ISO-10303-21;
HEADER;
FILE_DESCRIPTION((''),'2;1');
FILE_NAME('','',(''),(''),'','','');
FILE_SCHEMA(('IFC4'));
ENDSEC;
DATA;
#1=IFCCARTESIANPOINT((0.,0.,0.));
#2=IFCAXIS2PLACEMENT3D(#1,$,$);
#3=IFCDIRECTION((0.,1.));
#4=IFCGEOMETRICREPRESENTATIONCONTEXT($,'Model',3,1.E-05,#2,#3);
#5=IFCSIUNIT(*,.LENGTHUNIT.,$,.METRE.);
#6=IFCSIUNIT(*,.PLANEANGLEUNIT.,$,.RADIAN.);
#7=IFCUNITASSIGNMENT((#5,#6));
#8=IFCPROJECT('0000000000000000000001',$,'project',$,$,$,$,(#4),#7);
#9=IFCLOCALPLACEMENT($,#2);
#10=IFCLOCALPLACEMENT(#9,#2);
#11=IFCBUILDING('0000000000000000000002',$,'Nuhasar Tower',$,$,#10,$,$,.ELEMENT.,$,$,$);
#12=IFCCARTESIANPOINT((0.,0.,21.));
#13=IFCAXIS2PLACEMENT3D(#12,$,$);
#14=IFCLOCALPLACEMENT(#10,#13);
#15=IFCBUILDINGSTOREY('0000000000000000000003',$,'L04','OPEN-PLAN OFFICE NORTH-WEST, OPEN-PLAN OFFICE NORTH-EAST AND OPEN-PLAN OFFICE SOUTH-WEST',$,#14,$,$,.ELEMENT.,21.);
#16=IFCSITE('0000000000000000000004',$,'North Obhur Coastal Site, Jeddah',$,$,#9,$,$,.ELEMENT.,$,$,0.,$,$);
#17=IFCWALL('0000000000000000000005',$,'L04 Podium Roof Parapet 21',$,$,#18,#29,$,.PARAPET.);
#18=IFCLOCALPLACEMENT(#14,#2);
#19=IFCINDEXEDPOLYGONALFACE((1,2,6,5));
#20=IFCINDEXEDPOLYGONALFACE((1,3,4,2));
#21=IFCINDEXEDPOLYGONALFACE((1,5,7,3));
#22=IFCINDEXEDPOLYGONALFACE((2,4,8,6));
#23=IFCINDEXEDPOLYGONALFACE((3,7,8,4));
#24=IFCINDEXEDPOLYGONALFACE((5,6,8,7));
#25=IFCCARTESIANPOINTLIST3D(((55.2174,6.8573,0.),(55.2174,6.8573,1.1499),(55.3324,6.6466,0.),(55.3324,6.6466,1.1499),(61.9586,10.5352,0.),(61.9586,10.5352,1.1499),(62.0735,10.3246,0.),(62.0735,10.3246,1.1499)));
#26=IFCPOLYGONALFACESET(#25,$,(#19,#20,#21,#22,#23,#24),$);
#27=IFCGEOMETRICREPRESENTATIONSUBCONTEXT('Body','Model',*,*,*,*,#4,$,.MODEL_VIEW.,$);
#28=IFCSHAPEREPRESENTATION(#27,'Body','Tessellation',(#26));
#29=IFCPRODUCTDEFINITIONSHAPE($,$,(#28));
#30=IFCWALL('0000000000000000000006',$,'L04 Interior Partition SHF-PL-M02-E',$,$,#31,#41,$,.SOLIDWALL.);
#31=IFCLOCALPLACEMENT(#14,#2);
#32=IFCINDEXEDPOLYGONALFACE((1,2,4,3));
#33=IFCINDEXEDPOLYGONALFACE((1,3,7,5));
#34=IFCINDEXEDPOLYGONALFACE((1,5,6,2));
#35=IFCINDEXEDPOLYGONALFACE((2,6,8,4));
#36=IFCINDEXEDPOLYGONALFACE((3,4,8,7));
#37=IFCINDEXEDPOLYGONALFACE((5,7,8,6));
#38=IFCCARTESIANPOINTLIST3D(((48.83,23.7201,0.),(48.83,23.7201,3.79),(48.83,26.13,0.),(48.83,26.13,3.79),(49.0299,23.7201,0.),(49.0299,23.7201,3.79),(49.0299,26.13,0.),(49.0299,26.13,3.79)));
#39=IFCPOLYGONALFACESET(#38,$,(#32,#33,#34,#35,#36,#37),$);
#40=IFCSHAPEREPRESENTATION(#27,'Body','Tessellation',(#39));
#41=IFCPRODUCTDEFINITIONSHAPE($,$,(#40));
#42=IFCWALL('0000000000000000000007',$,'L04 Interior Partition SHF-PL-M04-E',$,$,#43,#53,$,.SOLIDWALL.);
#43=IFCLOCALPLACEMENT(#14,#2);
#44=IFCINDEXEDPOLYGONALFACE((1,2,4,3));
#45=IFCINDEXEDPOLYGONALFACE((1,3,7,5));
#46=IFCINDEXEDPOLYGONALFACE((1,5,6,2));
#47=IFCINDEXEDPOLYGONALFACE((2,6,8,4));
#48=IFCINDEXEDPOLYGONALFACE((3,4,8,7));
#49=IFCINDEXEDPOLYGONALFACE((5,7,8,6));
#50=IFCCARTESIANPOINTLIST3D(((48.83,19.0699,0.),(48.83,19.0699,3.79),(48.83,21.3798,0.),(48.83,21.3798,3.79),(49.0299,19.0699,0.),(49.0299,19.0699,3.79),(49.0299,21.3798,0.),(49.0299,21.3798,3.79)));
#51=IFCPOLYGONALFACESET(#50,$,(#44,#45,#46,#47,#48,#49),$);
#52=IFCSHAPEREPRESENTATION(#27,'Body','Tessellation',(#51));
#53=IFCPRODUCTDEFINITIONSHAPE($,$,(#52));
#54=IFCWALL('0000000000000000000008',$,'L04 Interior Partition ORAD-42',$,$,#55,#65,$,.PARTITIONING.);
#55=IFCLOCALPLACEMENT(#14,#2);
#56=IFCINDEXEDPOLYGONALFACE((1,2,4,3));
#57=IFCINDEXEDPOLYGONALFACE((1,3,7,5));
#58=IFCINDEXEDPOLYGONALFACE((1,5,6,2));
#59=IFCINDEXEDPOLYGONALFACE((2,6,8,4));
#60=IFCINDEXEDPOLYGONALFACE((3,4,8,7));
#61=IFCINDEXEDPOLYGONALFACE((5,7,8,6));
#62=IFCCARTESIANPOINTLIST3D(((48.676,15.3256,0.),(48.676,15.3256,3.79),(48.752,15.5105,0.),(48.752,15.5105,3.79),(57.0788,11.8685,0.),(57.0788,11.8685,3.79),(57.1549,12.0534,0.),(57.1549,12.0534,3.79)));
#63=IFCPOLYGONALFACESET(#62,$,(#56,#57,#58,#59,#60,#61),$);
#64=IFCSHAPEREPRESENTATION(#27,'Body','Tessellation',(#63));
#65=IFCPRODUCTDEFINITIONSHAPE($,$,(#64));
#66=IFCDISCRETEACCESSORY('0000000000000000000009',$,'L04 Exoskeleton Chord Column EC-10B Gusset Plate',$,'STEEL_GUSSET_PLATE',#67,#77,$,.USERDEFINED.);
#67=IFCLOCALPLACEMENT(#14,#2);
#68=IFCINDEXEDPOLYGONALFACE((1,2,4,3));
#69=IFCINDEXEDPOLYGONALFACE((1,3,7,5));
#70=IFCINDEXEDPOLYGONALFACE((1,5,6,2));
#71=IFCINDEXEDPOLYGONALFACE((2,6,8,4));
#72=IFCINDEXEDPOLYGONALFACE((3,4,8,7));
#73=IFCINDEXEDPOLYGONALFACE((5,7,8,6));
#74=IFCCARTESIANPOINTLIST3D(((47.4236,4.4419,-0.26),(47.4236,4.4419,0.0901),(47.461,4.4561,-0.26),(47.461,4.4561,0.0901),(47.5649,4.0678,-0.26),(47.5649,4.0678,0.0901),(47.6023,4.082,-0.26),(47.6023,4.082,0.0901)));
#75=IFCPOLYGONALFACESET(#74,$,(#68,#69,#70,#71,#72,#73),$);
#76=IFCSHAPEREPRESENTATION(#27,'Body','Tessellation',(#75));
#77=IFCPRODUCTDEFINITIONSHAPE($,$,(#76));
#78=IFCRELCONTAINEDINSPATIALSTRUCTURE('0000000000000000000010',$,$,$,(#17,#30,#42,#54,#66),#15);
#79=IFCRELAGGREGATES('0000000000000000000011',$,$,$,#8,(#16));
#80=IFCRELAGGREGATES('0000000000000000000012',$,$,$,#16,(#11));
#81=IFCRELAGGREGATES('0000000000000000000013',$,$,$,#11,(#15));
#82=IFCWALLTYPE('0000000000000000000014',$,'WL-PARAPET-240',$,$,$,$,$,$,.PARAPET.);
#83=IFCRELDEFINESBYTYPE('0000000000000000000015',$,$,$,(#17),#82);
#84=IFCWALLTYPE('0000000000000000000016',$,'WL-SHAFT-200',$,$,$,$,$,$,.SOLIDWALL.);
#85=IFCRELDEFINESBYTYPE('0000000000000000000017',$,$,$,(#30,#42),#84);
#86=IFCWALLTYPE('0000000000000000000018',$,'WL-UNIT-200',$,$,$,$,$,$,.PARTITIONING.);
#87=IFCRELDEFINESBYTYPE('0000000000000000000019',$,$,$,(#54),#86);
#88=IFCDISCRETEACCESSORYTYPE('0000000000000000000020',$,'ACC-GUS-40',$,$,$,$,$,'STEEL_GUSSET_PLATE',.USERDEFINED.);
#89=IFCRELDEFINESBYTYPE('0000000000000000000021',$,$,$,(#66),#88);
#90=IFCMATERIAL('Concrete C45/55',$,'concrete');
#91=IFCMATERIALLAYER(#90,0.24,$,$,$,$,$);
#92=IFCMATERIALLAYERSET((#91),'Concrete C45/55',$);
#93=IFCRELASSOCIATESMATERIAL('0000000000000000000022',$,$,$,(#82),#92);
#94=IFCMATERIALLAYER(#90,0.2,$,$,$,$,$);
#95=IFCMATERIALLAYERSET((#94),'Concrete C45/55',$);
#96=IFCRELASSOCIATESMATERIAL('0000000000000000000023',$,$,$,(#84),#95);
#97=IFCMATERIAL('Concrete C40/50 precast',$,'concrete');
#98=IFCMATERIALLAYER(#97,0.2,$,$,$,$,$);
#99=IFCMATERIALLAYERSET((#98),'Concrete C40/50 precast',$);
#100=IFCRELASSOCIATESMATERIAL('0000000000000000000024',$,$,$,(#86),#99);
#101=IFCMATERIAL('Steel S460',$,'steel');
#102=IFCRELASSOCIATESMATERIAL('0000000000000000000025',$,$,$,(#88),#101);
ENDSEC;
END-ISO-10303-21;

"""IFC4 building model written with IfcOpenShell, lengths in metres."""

from ifc_helpers import new_model, si_unit, direction, frame, frame_2d, origin, origin_2d, place, context, subcontext, project, spatial, rectangle, extrude, material, layer, layer_set, type_object, element, save


model = new_model("IFC4")

# Units and contexts
model_context = context("Model", 3, precision=1e-05, world=origin(), true_north=direction((0.0, 1.0)))
body_context = subcontext(model_context, "Body", "Model", "MODEL_VIEW")
ifc_project = project(units=[si_unit("LENGTHUNIT", "METRE"), si_unit("PLANEANGLEUNIT", "RADIAN")], contexts=[model_context])

# Site, building, storey
site_placement = place(None, origin())
site = spatial("IfcSite", under=ifc_project, at=site_placement, Name="North Obhur Coastal Site, Jeddah", CompositionType="ELEMENT", RefElevation=0.0)
building_placement = place(site_placement, origin())
building = spatial("IfcBuilding", under=site, at=building_placement, Name="Nuhasar Tower", CompositionType="ELEMENT")
storey_placement = place(building_placement, frame((0.0, 0.0, 21.0)))
storey = spatial("IfcBuildingStorey", under=building, at=storey_placement, Name="L04", Description="OPEN-PLAN OFFICE NORTH-WEST, OPEN-PLAN OFFICE NORTH-EAST AND OPEN-PLAN OFFICE SOUTH-WEST", CompositionType="ELEMENT", Elevation=21.0)

# Shared definitions
ifc_material_1 = material(Name="Steel S460", Category="steel")

# Shared definitions
ifc_material_2 = material(Name="Concrete C45/55", Category="concrete")

# Walls
ifc_layer_1 = layer(ifc_material_2, 0.24)
ifc_layer_set_1 = layer_set([ifc_layer_1], Name="Concrete C45/55")
wall_type_1 = type_object("IfcWallType", Name="WL-PARAPET-240", PredefinedType="PARAPET", material=ifc_layer_set_1)
wall_1_placement = place(storey_placement, frame((55.2749, 6.752, 0.0), z_axis=(0.0, 0.0, 1.0), x_axis=(0.877843, 0.478948, 0.0)))
element("IfcWall", 1, at=wall_1_placement, inside=storey, type_object=wall_type_1, Name="L04 Podium Roof Parapet 21", PredefinedType="PARAPET", context=body_context, shape_type="SweptSolid", body=[
    extrude(rectangle(XDim=7.6792, YDim=0.24, at=frame_2d((3.8396, 0.0))), origin(), (0.0, 0.0, 1.0), 1.1499),
])
ifc_layer_2 = layer(ifc_material_2, 0.2)
ifc_layer_set_2 = layer_set([ifc_layer_2], Name="Concrete C45/55")
wall_type_2 = type_object("IfcWallType", Name="WL-SHAFT-200", PredefinedType="SOLIDWALL", material=ifc_layer_set_2)
wall_2_placement = place(storey_placement, frame((48.9299, 23.72, 0.0), z_axis=(0.0, 0.0, 1.0), x_axis=(0.0, 1.0, 0.0)))
element("IfcWall", 2, at=wall_2_placement, inside=storey, type_object=wall_type_2, Name="L04 Interior Partition SHF-PL-M02-E", PredefinedType="SOLIDWALL", context=body_context, shape_type="SweptSolid", body=[
    extrude(rectangle(XDim=2.4099, YDim=0.2, at=frame_2d((1.2051, 0.0))), origin(), (0.0, 0.0, 1.0), 3.79),
])
wall_3_placement = place(storey_placement, frame((48.9299, 19.0701, 0.0), z_axis=(0.0, 0.0, 1.0), x_axis=(0.0, 1.0, 0.0)))
element("IfcWall", 3, at=wall_3_placement, inside=storey, type_object=wall_type_2, Name="L04 Interior Partition SHF-PL-M04-E", PredefinedType="SOLIDWALL", context=body_context, shape_type="SweptSolid", body=[
    extrude(rectangle(XDim=2.3098, YDim=0.2, at=frame_2d((1.1548, 0.0))), origin(), (0.0, 0.0, 1.0), 3.79),
])
ifc_material_3 = material(Name="Concrete C40/50 precast", Category="concrete")
ifc_layer_3 = layer(ifc_material_3, 0.2)
ifc_layer_set_3 = layer_set([ifc_layer_3], Name="Concrete C40/50 precast")
wall_type_3 = type_object("IfcWallType", Name="WL-UNIT-200", PredefinedType="PARTITIONING", material=ifc_layer_set_3)
wall_4_placement = place(storey_placement, frame((48.7141, 15.418, 0.0), z_axis=(0.0, 0.0, 1.0), x_axis=(0.924793, -0.380471, 0.0)))
element("IfcWall", 4, at=wall_4_placement, inside=storey, type_object=wall_type_3, Name="L04 Interior Partition ORAD-42", PredefinedType="PARTITIONING", context=body_context, shape_type="SweptSolid", body=[
    extrude(rectangle(XDim=9.0862, YDim=0.2, at=frame_2d((4.543, 0.0))), origin(), (0.0, 0.0, 1.0), 3.79),
])

# Discrete accessory
discrete_accessory_type = type_object("IfcDiscreteAccessoryType", Name="ACC-GUS-40", ElementType="STEEL_GUSSET_PLATE", PredefinedType="USERDEFINED", material=ifc_material_1)
discrete_accessory_placement = place(storey_placement, frame((47.5129, 4.262, -0.26), z_axis=(0.0, 0.0, 1.0), x_axis=(0.353344, -0.935493, 0.0)))
element("IfcDiscreteAccessory", 5, at=discrete_accessory_placement, inside=storey, type_object=discrete_accessory_type, Name="L04 Exoskeleton Chord Column EC-10B Gusset Plate", ObjectType="STEEL_GUSSET_PLATE", PredefinedType="USERDEFINED", context=body_context, shape_type="SweptSolid", body=[
    extrude(rectangle(XDim=0.3999, YDim=0.04, at=origin_2d()), origin(), (0.0, 0.0, 1.0), 0.3501),
])

save(model, "model.ifc")
